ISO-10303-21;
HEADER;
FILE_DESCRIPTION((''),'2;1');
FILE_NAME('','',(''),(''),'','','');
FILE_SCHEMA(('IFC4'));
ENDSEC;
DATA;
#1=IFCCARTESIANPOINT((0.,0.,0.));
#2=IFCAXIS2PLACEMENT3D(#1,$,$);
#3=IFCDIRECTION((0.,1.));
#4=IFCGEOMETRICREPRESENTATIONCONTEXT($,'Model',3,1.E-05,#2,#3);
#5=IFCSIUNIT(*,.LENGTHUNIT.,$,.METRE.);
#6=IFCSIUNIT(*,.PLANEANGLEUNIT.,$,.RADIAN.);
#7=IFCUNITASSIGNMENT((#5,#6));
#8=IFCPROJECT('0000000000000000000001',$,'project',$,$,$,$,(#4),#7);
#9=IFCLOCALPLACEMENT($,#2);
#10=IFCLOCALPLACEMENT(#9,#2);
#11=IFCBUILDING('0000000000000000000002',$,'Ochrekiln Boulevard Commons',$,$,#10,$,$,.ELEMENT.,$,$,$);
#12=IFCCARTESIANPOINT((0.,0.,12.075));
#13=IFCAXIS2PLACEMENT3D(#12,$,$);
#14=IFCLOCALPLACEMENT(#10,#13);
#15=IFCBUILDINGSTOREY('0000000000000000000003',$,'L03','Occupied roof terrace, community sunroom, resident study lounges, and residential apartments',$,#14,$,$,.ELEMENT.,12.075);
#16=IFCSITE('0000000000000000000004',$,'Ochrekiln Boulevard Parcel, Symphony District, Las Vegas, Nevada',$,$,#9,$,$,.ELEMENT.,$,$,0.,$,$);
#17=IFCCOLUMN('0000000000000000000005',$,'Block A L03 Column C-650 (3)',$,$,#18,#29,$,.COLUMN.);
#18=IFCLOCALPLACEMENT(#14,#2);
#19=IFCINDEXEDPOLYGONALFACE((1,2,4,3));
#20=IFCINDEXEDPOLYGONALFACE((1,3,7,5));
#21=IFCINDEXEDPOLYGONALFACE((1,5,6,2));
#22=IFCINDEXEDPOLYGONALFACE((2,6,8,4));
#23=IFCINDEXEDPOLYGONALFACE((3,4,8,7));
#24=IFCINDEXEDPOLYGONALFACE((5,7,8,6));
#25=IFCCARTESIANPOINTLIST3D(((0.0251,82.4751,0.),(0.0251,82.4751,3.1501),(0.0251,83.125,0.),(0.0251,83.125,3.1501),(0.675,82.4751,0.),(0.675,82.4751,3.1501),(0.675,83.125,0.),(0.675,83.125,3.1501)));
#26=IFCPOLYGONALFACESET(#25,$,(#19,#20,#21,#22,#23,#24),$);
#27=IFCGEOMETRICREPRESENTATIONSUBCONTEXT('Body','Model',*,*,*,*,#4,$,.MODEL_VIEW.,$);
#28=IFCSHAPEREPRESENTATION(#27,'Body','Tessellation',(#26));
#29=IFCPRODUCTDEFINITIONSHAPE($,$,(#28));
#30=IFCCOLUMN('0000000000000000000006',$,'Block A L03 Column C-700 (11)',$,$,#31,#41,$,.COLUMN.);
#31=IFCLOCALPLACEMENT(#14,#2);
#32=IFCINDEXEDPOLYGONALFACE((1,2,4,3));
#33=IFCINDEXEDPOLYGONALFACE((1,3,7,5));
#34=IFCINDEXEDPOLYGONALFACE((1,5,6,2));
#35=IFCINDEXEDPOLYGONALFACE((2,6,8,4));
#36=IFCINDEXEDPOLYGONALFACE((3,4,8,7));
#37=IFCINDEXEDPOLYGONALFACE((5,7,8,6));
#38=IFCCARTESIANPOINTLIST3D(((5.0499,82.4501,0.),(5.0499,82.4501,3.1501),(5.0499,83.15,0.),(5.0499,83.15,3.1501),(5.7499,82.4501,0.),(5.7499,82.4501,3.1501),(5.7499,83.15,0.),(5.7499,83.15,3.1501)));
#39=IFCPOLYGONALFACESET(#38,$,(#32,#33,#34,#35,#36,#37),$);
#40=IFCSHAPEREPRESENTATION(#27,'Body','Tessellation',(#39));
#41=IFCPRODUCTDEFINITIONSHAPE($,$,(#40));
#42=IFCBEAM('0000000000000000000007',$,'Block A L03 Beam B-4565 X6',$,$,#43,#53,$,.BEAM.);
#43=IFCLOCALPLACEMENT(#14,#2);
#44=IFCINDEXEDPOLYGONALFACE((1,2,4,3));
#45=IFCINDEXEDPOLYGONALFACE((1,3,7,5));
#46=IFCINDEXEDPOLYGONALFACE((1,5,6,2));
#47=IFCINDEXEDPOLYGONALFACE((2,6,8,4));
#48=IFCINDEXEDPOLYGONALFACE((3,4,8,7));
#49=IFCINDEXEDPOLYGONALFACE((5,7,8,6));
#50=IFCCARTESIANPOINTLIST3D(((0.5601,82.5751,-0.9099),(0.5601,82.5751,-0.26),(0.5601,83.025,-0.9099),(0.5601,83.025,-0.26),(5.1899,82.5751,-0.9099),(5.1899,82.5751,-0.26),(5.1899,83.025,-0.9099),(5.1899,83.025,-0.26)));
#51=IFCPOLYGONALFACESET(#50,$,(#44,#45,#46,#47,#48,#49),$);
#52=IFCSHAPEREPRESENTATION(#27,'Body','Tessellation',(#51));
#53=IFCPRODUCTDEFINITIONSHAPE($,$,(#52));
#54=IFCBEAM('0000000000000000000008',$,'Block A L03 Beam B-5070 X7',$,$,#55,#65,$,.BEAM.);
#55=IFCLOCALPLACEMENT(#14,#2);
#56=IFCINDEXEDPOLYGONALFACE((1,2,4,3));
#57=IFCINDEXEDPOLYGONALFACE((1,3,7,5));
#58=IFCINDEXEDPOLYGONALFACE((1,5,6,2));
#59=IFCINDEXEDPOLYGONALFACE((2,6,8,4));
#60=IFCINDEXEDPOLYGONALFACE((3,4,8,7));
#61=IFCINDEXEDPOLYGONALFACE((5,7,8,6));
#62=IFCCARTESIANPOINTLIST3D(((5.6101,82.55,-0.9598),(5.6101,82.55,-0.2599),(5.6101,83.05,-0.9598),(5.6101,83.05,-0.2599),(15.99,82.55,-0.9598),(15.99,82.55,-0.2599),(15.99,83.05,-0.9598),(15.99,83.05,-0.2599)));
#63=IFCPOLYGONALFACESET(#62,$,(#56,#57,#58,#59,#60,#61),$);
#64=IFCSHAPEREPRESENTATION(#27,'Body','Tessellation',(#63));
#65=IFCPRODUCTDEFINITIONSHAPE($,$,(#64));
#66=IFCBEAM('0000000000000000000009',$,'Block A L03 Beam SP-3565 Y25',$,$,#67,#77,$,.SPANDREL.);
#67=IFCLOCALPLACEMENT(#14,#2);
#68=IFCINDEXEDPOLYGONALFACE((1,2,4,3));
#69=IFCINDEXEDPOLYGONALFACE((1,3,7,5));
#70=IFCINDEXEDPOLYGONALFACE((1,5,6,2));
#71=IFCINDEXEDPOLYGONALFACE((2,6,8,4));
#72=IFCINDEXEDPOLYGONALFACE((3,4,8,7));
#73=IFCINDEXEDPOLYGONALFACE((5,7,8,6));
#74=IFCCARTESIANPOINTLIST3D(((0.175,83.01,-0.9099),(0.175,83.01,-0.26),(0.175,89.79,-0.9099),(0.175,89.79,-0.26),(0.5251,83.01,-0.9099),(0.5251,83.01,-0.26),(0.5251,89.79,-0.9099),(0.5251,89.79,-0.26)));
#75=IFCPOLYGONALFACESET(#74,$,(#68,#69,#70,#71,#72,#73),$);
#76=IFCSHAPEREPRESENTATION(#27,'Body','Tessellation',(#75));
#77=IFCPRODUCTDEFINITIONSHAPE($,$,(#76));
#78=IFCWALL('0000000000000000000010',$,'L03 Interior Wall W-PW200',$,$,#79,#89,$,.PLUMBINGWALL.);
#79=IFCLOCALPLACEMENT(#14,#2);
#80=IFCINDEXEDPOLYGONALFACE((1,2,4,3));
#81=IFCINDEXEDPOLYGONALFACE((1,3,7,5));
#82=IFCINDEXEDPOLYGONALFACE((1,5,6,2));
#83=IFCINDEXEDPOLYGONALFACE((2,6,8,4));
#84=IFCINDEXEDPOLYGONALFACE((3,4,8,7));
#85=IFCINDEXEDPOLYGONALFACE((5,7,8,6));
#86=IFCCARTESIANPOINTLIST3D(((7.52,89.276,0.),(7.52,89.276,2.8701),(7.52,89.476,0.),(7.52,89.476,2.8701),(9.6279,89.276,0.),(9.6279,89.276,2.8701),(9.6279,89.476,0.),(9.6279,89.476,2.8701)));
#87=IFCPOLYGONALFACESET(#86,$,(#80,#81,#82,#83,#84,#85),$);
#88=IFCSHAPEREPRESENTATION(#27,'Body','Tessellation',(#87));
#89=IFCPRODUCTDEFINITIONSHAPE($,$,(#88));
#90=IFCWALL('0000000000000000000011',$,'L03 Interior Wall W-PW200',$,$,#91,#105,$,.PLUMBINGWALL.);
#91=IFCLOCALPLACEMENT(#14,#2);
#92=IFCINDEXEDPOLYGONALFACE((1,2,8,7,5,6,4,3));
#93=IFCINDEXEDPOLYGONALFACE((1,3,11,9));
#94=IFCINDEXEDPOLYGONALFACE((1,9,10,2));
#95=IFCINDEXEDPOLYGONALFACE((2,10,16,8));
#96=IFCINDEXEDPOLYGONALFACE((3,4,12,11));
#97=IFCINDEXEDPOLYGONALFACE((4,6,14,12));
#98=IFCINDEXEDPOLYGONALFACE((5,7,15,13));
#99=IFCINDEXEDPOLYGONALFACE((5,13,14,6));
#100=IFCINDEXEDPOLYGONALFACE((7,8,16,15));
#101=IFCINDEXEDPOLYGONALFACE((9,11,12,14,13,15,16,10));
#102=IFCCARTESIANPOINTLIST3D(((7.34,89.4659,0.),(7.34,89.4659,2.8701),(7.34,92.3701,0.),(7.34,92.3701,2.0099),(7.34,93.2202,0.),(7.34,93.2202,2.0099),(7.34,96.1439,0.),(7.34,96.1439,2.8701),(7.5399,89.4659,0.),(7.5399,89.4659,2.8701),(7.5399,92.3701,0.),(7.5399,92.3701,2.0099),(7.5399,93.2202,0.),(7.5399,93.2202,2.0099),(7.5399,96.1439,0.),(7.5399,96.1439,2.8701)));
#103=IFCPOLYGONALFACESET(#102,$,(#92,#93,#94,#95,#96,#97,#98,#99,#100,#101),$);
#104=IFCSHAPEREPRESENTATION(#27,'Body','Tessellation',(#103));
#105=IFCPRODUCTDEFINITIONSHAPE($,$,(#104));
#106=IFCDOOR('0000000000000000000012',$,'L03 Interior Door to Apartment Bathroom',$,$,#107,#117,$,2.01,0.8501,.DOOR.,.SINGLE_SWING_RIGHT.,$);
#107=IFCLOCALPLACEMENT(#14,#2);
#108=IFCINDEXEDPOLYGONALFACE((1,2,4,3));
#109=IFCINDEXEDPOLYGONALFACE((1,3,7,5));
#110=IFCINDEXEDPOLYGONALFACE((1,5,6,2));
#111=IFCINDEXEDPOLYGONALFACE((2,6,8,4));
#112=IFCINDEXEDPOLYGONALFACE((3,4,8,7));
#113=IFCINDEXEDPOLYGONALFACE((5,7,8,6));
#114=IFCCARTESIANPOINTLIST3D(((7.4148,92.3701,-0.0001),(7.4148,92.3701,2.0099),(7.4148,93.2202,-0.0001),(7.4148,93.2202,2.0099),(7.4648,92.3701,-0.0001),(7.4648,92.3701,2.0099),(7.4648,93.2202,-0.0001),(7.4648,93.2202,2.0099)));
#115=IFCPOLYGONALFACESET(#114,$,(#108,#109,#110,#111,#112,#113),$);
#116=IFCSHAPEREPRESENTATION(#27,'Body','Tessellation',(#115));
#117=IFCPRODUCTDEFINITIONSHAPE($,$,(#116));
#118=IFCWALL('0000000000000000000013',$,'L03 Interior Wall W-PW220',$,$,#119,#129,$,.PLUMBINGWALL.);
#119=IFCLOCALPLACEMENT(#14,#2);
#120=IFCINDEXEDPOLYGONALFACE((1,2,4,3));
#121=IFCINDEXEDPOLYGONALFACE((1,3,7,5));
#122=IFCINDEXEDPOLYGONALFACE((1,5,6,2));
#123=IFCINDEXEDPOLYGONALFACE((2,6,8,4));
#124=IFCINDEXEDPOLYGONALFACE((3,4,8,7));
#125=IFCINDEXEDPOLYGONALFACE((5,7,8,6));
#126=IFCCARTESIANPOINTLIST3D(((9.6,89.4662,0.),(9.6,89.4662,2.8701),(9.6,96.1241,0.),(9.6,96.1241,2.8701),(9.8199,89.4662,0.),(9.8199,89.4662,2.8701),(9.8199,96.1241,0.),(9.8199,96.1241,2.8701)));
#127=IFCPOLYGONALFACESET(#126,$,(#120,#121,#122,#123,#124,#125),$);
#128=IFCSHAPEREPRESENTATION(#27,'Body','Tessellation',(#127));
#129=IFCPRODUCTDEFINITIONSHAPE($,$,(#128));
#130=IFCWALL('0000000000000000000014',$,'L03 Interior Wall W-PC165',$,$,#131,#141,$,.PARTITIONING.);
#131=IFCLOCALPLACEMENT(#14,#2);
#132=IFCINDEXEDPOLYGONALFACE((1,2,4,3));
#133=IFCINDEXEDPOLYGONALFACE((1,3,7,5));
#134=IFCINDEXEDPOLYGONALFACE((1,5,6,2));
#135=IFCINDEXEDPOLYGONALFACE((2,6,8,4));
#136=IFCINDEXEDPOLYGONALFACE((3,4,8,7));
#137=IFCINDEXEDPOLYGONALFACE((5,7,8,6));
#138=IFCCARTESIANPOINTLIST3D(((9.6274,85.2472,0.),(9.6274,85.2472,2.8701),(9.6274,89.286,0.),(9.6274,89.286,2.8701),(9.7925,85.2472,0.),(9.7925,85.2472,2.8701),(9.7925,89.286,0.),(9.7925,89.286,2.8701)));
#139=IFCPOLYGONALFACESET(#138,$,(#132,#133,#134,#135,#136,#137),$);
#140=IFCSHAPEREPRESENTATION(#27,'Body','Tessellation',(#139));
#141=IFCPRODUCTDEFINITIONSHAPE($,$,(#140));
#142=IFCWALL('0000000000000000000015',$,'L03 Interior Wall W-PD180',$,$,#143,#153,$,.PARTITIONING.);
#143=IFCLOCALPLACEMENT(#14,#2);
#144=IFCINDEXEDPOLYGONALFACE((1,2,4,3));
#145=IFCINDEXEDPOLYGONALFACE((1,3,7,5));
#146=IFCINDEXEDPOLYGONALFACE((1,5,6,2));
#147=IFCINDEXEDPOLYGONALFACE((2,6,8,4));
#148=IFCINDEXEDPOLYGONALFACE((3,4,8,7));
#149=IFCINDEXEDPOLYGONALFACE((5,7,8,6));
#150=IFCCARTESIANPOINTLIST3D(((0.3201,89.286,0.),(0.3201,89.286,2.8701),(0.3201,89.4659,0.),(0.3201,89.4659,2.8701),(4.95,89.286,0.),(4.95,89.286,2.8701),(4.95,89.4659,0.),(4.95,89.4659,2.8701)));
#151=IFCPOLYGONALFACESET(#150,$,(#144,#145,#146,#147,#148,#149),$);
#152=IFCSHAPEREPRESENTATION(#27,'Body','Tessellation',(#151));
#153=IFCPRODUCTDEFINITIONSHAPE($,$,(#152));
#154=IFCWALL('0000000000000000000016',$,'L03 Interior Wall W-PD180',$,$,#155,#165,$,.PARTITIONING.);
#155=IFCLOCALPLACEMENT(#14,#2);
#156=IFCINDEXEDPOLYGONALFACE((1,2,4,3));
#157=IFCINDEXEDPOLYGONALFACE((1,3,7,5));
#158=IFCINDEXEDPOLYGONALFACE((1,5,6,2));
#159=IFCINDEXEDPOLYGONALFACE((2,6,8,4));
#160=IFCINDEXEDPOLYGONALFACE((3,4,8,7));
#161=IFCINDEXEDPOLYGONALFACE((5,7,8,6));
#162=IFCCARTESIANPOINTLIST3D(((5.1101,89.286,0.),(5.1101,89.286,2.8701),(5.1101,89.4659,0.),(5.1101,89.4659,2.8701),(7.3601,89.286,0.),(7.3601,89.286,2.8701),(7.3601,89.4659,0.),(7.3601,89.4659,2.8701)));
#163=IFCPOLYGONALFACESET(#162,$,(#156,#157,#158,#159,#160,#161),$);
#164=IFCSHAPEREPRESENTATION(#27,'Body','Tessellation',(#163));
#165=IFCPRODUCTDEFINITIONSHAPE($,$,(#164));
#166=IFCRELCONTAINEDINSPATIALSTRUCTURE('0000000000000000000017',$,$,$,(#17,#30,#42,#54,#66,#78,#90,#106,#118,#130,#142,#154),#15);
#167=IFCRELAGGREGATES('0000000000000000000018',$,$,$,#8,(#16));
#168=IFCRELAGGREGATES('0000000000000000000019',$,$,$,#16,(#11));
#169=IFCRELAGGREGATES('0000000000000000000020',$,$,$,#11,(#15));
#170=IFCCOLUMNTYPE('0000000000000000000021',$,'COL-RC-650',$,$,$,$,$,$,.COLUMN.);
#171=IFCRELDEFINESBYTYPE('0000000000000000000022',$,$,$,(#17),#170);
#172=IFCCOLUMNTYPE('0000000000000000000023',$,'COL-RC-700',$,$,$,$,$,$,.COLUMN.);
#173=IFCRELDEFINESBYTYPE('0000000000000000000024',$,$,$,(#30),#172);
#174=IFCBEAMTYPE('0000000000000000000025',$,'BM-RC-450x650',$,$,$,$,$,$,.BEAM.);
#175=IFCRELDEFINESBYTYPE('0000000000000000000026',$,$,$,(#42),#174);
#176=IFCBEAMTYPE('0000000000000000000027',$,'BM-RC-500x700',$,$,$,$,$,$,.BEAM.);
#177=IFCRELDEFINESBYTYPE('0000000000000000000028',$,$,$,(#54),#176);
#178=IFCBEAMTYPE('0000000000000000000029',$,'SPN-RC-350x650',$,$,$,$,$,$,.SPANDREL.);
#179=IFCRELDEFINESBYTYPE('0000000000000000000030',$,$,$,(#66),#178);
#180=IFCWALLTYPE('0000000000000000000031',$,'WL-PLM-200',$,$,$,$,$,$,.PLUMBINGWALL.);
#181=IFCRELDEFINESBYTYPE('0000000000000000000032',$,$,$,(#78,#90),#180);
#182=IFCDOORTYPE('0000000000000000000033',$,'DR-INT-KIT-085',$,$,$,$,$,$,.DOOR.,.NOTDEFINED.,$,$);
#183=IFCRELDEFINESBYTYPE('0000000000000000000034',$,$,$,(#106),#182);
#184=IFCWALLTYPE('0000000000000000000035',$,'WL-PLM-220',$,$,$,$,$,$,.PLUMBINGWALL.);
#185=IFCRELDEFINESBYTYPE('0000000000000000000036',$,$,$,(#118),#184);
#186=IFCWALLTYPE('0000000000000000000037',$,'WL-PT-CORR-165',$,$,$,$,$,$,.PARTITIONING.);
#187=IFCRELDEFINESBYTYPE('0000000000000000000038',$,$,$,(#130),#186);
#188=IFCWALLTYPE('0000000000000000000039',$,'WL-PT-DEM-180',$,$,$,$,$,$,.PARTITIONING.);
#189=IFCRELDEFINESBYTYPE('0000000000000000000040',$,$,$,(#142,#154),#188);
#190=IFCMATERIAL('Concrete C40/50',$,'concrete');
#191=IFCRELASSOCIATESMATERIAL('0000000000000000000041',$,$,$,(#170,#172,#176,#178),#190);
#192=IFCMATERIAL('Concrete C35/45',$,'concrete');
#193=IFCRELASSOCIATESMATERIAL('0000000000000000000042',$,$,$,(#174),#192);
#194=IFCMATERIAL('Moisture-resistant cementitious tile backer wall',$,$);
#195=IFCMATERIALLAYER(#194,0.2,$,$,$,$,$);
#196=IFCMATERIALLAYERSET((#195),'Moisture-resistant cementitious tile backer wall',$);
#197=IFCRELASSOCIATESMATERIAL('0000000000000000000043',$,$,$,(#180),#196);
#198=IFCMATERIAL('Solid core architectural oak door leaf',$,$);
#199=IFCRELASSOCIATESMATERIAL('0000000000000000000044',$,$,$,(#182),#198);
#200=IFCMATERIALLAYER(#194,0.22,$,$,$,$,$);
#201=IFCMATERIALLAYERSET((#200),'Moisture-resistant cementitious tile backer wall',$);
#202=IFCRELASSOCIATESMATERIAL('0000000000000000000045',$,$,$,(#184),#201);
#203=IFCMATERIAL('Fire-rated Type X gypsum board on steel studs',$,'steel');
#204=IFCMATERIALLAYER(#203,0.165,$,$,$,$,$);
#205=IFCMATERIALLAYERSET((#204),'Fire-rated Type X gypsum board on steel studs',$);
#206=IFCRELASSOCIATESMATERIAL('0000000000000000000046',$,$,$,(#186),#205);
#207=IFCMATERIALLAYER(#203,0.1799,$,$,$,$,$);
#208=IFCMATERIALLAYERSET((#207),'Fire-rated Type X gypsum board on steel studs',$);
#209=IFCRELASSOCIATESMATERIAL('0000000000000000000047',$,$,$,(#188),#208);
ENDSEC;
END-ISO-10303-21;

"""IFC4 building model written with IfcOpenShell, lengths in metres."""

from ifc_helpers import new_model, si_unit, direction, frame, frame_2d, origin, origin_2d, place, context, subcontext, project, spatial, rectangle, extrude, material, layer, layer_set, material_profile, profile_set, type_object, element, fill, save


model = new_model("IFC4")

# Units and contexts
model_context = context("Model", 3, precision=1e-05, world=origin(), true_north=direction((0.0, 1.0)))
body_context = subcontext(model_context, "Body", "Model", "MODEL_VIEW")
ifc_project = project(units=[si_unit("LENGTHUNIT", "METRE"), si_unit("PLANEANGLEUNIT", "RADIAN")], contexts=[model_context])

# Site, building, storey
site_placement = place(None, origin())
site = spatial("IfcSite", under=ifc_project, at=site_placement, Name="Ochrekiln Boulevard Parcel, Symphony District, Las Vegas, Nevada", CompositionType="ELEMENT", RefElevation=0.0)
building_placement = place(site_placement, origin())
building = spatial("IfcBuilding", under=site, at=building_placement, Name="Ochrekiln Boulevard Commons", CompositionType="ELEMENT")
storey_placement = place(building_placement, frame((0.0, 0.0, 12.075)))
storey = spatial("IfcBuildingStorey", under=building, at=storey_placement, Name="L03", Description="Occupied roof terrace, community sunroom, resident study lounges, and residential apartments", CompositionType="ELEMENT", Elevation=12.075)

# Columns
ifc_material_1 = material(Name="Concrete C40/50", Category="concrete")
ifc_material_profile_1 = material_profile(ifc_material_1, rectangle(XDim=0.6499, YDim=0.6499, at=origin_2d()), Name="RC-COL-650x650")
ifc_profile_set_1 = profile_set([ifc_material_profile_1], Name="Concrete C40/50")
column_type_1 = type_object("IfcColumnType", Name="COL-RC-650", PredefinedType="COLUMN", material=ifc_profile_set_1)
column_1_placement = place(storey_placement, frame((0.3501, 82.8, 0.0), z_axis=(0.0, 0.0, 1.0), x_axis=(1.0, 0.0, 0.0)))
element("IfcColumn", 1, at=column_1_placement, inside=storey, type_object=column_type_1, Name="Block A L03 Column C-650 (3)", PredefinedType="COLUMN", context=body_context, shape_type="SweptSolid", body=[
    extrude(rectangle(XDim=0.6499, YDim=0.6499, at=origin_2d()), origin(), (0.0, 0.0, 1.0), 3.1501),
])
ifc_material_profile_2 = material_profile(ifc_material_1, rectangle(XDim=0.7, YDim=0.7, at=origin_2d()), Name="RC-COL-700x700")
ifc_profile_set_2 = profile_set([ifc_material_profile_2], Name="Concrete C40/50")
column_type_2 = type_object("IfcColumnType", Name="COL-RC-700", PredefinedType="COLUMN", material=ifc_profile_set_2)
column_2_placement = place(storey_placement, frame((5.3999, 82.8, 0.0), z_axis=(0.0, 0.0, 1.0), x_axis=(1.0, 0.0, 0.0)))
element("IfcColumn", 2, at=column_2_placement, inside=storey, type_object=column_type_2, Name="Block A L03 Column C-700 (11)", PredefinedType="COLUMN", context=body_context, shape_type="SweptSolid", body=[
    extrude(rectangle(XDim=0.7, YDim=0.7, at=origin_2d()), origin(), (0.0, 0.0, 1.0), 3.1501),
])

# Beams
ifc_material_2 = material(Name="Concrete C35/45", Category="concrete")
ifc_material_profile_3 = material_profile(ifc_material_2, rectangle(XDim=0.45, YDim=0.6499, at=origin_2d()), Name="RC-BM-450x650")
ifc_profile_set_3 = profile_set([ifc_material_profile_3], Name="Concrete C35/45")
beam_type_1 = type_object("IfcBeamType", Name="BM-RC-450x650", PredefinedType="BEAM", material=ifc_profile_set_3)
beam_1_placement = place(storey_placement, frame((0.5601, 82.8, -0.585), z_axis=(1.0, 0.0, 0.0), x_axis=(0.0, 1.0, 0.0)))
element("IfcBeam", 3, at=beam_1_placement, inside=storey, type_object=beam_type_1, Name="Block A L03 Beam B-4565 X6", PredefinedType="BEAM", context=body_context, shape_type="SweptSolid", body=[
    extrude(rectangle(XDim=0.45, YDim=0.6499, at=origin_2d()), origin(), (0.0, 0.0, 1.0), 4.6299),
])
ifc_material_profile_4 = material_profile(ifc_material_1, rectangle(XDim=0.5, YDim=0.7, at=origin_2d()), Name="RC-BM-500x700")
ifc_profile_set_4 = profile_set([ifc_material_profile_4], Name="Concrete C40/50")
beam_type_2 = type_object("IfcBeamType", Name="BM-RC-500x700", PredefinedType="BEAM", material=ifc_profile_set_4)
beam_2_placement = place(storey_placement, frame((5.6101, 82.8, -0.6099), z_axis=(1.0, 0.0, 0.0), x_axis=(0.0, 1.0, 0.0)))
element("IfcBeam", 4, at=beam_2_placement, inside=storey, type_object=beam_type_2, Name="Block A L03 Beam B-5070 X7", PredefinedType="BEAM", context=body_context, shape_type="SweptSolid", body=[
    extrude(rectangle(XDim=0.5, YDim=0.7, at=origin_2d()), origin(), (0.0, 0.0, 1.0), 10.3799),
])
ifc_material_profile_5 = material_profile(ifc_material_1, rectangle(XDim=0.3501, YDim=0.6499, at=origin_2d()), Name="RC-SPN-350x650")
ifc_profile_set_5 = profile_set([ifc_material_profile_5], Name="Concrete C40/50")
beam_type_3 = type_object("IfcBeamType", Name="SPN-RC-350x650", PredefinedType="SPANDREL", material=ifc_profile_set_5)
beam_3_placement = place(storey_placement, frame((0.3501, 83.01, -0.585), z_axis=(0.0, 1.0, 0.0), x_axis=(-1.0, 0.0, 0.0)))
element("IfcBeam", 5, at=beam_3_placement, inside=storey, type_object=beam_type_3, Name="Block A L03 Beam SP-3565 Y25", PredefinedType="SPANDREL", context=body_context, shape_type="SweptSolid", body=[
    extrude(rectangle(XDim=0.3501, YDim=0.6499, at=origin_2d()), origin(), (0.0, 0.0, 1.0), 6.78),
])

# Wall
ifc_material_3 = material(Name="Moisture-resistant cementitious tile backer wall")
ifc_layer_1 = layer(ifc_material_3, 0.2)
ifc_layer_set_1 = layer_set([ifc_layer_1], Name="Moisture-resistant cementitious tile backer wall")
wall_type_1 = type_object("IfcWallType", Name="WL-PLM-200", PredefinedType="PLUMBINGWALL", material=ifc_layer_set_1)
wall_1_placement = place(storey_placement, frame((7.52, 89.376, 0.0), z_axis=(0.0, 0.0, 1.0), x_axis=(1.0, 0.0, 0.0)))
element("IfcWall", 6, at=wall_1_placement, inside=storey, type_object=wall_type_1, Name="L03 Interior Wall W-PW200", PredefinedType="PLUMBINGWALL", context=body_context, shape_type="SweptSolid", body=[
    extrude(rectangle(XDim=2.1079, YDim=0.2, at=frame_2d((1.054, 0.0))), origin(), (0.0, 0.0, 1.0), 2.8701),
])

# Wall, opening, door
wall_2_placement = place(storey_placement, frame((7.4399, 89.4661, 0.0), z_axis=(0.0, 0.0, 1.0), x_axis=(0.0, 1.0, 0.0)))
wall_2 = element("IfcWall", 7, at=wall_2_placement, inside=storey, type_object=wall_type_1, Name="L03 Interior Wall W-PW200", PredefinedType="PLUMBINGWALL", context=body_context, shape_type="SweptSolid", body=[
    extrude(rectangle(XDim=6.678, YDim=0.2, at=frame_2d((3.3389, 0.0))), origin(), (0.0, 0.0, 1.0), 2.8701),
])
opening_1_placement = place(wall_2_placement, frame((2.9041, 0.0, 0.0)))
opening_1 = element("IfcOpeningElement", 8, at=opening_1_placement, cuts=wall_2, PredefinedType="OPENING", context=body_context, shape_type="SweptSolid", body=[
    extrude(rectangle(XDim=0.8501, YDim=2.01, at=frame_2d((0.425, 1.0049))), frame((0.0, 0.1099, 0.0), z_axis=(0.0, -1.0, 0.0), x_axis=(1.0, 0.0, 0.0)), (0.0, 0.0, 1.0), 0.22),
])
ifc_material_4 = material(Name="Solid core architectural oak door leaf")
door_type_1 = type_object("IfcDoorType", Name="DR-INT-KIT-085", OperationType="NOTDEFINED", PredefinedType="DOOR", material=ifc_material_4)
door_1_placement = place(opening_1_placement, frame((0.8501, 0.0, 0.0), z_axis=(0.0, 0.0, 1.0), x_axis=(-1.0, 0.0, 0.0)))
door_1 = element("IfcDoor", 9, at=door_1_placement, inside=storey, type_object=door_type_1, Name="L03 Interior Door to Apartment Bathroom", OperationType="SINGLE_SWING_RIGHT", OverallHeight=2.01, OverallWidth=0.8501, PredefinedType="DOOR", context=body_context, shape_type="SweptSolid", body=[
    extrude(rectangle(XDim=0.8501, YDim=2.01, at=frame_2d((0.425, 1.0049))), frame((0.0, 0.0249, 0.0), z_axis=(0.0, -1.0, 0.0), x_axis=(1.0, 0.0, 0.0)), (0.0, 0.0, 1.0), 0.05),
])
fill(opening_1, door_1)

# Walls
ifc_layer_2 = layer(ifc_material_3, 0.22)
ifc_layer_set_2 = layer_set([ifc_layer_2], Name="Moisture-resistant cementitious tile backer wall")
wall_type_2 = type_object("IfcWallType", Name="WL-PLM-220", PredefinedType="PLUMBINGWALL", material=ifc_layer_set_2)
wall_3_placement = place(storey_placement, frame((9.71, 89.4661, 0.0), z_axis=(0.0, 0.0, 1.0), x_axis=(0.0, 1.0, 0.0)))
element("IfcWall", 10, at=wall_3_placement, inside=storey, type_object=wall_type_2, Name="L03 Interior Wall W-PW220", PredefinedType="PLUMBINGWALL", context=body_context, shape_type="SweptSolid", body=[
    extrude(rectangle(XDim=6.658, YDim=0.22, at=frame_2d((3.3291, 0.0))), origin(), (0.0, 0.0, 1.0), 2.8701),
])
ifc_material_5 = material(Name="Fire-rated Type X gypsum board on steel studs", Category="steel")
ifc_layer_3 = layer(ifc_material_5, 0.165)
ifc_layer_set_3 = layer_set([ifc_layer_3], Name="Fire-rated Type X gypsum board on steel studs")
wall_type_3 = type_object("IfcWallType", Name="WL-PT-CORR-165", PredefinedType="PARTITIONING", material=ifc_layer_set_3)
wall_4_placement = place(storey_placement, frame((9.71, 85.2471, 0.0), z_axis=(0.0, 0.0, 1.0), x_axis=(0.0, 1.0, 0.0)))
element("IfcWall", 11, at=wall_4_placement, inside=storey, type_object=wall_type_3, Name="L03 Interior Wall W-PC165", PredefinedType="PARTITIONING", context=body_context, shape_type="SweptSolid", body=[
    extrude(rectangle(XDim=4.0388, YDim=0.165, at=frame_2d((2.0195, 0.0))), origin(), (0.0, 0.0, 1.0), 2.8701),
])
ifc_layer_4 = layer(ifc_material_5, 0.1799)
ifc_layer_set_4 = layer_set([ifc_layer_4], Name="Fire-rated Type X gypsum board on steel studs")
wall_type_4 = type_object("IfcWallType", Name="WL-PT-DEM-180", PredefinedType="PARTITIONING", material=ifc_layer_set_4)
wall_5_placement = place(storey_placement, frame((0.3201, 89.376, 0.0), z_axis=(0.0, 0.0, 1.0), x_axis=(1.0, 0.0, 0.0)))
element("IfcWall", 12, at=wall_5_placement, inside=storey, type_object=wall_type_4, Name="L03 Interior Wall W-PD180", PredefinedType="PARTITIONING", context=body_context, shape_type="SweptSolid", body=[
    extrude(rectangle(XDim=4.6299, YDim=0.1799, at=frame_2d((2.3149, 0.0))), origin(), (0.0, 0.0, 1.0), 2.8701),
])
wall_6_placement = place(storey_placement, frame((5.1101, 89.376, 0.0), z_axis=(0.0, 0.0, 1.0), x_axis=(1.0, 0.0, 0.0)))
element("IfcWall", 13, at=wall_6_placement, inside=storey, type_object=wall_type_4, Name="L03 Interior Wall W-PD180", PredefinedType="PARTITIONING", context=body_context, shape_type="SweptSolid", body=[
    extrude(rectangle(XDim=2.25, YDim=0.1799, at=frame_2d((1.125, 0.0))), origin(), (0.0, 0.0, 1.0), 2.8701),
])

save(model, "model.ifc")
